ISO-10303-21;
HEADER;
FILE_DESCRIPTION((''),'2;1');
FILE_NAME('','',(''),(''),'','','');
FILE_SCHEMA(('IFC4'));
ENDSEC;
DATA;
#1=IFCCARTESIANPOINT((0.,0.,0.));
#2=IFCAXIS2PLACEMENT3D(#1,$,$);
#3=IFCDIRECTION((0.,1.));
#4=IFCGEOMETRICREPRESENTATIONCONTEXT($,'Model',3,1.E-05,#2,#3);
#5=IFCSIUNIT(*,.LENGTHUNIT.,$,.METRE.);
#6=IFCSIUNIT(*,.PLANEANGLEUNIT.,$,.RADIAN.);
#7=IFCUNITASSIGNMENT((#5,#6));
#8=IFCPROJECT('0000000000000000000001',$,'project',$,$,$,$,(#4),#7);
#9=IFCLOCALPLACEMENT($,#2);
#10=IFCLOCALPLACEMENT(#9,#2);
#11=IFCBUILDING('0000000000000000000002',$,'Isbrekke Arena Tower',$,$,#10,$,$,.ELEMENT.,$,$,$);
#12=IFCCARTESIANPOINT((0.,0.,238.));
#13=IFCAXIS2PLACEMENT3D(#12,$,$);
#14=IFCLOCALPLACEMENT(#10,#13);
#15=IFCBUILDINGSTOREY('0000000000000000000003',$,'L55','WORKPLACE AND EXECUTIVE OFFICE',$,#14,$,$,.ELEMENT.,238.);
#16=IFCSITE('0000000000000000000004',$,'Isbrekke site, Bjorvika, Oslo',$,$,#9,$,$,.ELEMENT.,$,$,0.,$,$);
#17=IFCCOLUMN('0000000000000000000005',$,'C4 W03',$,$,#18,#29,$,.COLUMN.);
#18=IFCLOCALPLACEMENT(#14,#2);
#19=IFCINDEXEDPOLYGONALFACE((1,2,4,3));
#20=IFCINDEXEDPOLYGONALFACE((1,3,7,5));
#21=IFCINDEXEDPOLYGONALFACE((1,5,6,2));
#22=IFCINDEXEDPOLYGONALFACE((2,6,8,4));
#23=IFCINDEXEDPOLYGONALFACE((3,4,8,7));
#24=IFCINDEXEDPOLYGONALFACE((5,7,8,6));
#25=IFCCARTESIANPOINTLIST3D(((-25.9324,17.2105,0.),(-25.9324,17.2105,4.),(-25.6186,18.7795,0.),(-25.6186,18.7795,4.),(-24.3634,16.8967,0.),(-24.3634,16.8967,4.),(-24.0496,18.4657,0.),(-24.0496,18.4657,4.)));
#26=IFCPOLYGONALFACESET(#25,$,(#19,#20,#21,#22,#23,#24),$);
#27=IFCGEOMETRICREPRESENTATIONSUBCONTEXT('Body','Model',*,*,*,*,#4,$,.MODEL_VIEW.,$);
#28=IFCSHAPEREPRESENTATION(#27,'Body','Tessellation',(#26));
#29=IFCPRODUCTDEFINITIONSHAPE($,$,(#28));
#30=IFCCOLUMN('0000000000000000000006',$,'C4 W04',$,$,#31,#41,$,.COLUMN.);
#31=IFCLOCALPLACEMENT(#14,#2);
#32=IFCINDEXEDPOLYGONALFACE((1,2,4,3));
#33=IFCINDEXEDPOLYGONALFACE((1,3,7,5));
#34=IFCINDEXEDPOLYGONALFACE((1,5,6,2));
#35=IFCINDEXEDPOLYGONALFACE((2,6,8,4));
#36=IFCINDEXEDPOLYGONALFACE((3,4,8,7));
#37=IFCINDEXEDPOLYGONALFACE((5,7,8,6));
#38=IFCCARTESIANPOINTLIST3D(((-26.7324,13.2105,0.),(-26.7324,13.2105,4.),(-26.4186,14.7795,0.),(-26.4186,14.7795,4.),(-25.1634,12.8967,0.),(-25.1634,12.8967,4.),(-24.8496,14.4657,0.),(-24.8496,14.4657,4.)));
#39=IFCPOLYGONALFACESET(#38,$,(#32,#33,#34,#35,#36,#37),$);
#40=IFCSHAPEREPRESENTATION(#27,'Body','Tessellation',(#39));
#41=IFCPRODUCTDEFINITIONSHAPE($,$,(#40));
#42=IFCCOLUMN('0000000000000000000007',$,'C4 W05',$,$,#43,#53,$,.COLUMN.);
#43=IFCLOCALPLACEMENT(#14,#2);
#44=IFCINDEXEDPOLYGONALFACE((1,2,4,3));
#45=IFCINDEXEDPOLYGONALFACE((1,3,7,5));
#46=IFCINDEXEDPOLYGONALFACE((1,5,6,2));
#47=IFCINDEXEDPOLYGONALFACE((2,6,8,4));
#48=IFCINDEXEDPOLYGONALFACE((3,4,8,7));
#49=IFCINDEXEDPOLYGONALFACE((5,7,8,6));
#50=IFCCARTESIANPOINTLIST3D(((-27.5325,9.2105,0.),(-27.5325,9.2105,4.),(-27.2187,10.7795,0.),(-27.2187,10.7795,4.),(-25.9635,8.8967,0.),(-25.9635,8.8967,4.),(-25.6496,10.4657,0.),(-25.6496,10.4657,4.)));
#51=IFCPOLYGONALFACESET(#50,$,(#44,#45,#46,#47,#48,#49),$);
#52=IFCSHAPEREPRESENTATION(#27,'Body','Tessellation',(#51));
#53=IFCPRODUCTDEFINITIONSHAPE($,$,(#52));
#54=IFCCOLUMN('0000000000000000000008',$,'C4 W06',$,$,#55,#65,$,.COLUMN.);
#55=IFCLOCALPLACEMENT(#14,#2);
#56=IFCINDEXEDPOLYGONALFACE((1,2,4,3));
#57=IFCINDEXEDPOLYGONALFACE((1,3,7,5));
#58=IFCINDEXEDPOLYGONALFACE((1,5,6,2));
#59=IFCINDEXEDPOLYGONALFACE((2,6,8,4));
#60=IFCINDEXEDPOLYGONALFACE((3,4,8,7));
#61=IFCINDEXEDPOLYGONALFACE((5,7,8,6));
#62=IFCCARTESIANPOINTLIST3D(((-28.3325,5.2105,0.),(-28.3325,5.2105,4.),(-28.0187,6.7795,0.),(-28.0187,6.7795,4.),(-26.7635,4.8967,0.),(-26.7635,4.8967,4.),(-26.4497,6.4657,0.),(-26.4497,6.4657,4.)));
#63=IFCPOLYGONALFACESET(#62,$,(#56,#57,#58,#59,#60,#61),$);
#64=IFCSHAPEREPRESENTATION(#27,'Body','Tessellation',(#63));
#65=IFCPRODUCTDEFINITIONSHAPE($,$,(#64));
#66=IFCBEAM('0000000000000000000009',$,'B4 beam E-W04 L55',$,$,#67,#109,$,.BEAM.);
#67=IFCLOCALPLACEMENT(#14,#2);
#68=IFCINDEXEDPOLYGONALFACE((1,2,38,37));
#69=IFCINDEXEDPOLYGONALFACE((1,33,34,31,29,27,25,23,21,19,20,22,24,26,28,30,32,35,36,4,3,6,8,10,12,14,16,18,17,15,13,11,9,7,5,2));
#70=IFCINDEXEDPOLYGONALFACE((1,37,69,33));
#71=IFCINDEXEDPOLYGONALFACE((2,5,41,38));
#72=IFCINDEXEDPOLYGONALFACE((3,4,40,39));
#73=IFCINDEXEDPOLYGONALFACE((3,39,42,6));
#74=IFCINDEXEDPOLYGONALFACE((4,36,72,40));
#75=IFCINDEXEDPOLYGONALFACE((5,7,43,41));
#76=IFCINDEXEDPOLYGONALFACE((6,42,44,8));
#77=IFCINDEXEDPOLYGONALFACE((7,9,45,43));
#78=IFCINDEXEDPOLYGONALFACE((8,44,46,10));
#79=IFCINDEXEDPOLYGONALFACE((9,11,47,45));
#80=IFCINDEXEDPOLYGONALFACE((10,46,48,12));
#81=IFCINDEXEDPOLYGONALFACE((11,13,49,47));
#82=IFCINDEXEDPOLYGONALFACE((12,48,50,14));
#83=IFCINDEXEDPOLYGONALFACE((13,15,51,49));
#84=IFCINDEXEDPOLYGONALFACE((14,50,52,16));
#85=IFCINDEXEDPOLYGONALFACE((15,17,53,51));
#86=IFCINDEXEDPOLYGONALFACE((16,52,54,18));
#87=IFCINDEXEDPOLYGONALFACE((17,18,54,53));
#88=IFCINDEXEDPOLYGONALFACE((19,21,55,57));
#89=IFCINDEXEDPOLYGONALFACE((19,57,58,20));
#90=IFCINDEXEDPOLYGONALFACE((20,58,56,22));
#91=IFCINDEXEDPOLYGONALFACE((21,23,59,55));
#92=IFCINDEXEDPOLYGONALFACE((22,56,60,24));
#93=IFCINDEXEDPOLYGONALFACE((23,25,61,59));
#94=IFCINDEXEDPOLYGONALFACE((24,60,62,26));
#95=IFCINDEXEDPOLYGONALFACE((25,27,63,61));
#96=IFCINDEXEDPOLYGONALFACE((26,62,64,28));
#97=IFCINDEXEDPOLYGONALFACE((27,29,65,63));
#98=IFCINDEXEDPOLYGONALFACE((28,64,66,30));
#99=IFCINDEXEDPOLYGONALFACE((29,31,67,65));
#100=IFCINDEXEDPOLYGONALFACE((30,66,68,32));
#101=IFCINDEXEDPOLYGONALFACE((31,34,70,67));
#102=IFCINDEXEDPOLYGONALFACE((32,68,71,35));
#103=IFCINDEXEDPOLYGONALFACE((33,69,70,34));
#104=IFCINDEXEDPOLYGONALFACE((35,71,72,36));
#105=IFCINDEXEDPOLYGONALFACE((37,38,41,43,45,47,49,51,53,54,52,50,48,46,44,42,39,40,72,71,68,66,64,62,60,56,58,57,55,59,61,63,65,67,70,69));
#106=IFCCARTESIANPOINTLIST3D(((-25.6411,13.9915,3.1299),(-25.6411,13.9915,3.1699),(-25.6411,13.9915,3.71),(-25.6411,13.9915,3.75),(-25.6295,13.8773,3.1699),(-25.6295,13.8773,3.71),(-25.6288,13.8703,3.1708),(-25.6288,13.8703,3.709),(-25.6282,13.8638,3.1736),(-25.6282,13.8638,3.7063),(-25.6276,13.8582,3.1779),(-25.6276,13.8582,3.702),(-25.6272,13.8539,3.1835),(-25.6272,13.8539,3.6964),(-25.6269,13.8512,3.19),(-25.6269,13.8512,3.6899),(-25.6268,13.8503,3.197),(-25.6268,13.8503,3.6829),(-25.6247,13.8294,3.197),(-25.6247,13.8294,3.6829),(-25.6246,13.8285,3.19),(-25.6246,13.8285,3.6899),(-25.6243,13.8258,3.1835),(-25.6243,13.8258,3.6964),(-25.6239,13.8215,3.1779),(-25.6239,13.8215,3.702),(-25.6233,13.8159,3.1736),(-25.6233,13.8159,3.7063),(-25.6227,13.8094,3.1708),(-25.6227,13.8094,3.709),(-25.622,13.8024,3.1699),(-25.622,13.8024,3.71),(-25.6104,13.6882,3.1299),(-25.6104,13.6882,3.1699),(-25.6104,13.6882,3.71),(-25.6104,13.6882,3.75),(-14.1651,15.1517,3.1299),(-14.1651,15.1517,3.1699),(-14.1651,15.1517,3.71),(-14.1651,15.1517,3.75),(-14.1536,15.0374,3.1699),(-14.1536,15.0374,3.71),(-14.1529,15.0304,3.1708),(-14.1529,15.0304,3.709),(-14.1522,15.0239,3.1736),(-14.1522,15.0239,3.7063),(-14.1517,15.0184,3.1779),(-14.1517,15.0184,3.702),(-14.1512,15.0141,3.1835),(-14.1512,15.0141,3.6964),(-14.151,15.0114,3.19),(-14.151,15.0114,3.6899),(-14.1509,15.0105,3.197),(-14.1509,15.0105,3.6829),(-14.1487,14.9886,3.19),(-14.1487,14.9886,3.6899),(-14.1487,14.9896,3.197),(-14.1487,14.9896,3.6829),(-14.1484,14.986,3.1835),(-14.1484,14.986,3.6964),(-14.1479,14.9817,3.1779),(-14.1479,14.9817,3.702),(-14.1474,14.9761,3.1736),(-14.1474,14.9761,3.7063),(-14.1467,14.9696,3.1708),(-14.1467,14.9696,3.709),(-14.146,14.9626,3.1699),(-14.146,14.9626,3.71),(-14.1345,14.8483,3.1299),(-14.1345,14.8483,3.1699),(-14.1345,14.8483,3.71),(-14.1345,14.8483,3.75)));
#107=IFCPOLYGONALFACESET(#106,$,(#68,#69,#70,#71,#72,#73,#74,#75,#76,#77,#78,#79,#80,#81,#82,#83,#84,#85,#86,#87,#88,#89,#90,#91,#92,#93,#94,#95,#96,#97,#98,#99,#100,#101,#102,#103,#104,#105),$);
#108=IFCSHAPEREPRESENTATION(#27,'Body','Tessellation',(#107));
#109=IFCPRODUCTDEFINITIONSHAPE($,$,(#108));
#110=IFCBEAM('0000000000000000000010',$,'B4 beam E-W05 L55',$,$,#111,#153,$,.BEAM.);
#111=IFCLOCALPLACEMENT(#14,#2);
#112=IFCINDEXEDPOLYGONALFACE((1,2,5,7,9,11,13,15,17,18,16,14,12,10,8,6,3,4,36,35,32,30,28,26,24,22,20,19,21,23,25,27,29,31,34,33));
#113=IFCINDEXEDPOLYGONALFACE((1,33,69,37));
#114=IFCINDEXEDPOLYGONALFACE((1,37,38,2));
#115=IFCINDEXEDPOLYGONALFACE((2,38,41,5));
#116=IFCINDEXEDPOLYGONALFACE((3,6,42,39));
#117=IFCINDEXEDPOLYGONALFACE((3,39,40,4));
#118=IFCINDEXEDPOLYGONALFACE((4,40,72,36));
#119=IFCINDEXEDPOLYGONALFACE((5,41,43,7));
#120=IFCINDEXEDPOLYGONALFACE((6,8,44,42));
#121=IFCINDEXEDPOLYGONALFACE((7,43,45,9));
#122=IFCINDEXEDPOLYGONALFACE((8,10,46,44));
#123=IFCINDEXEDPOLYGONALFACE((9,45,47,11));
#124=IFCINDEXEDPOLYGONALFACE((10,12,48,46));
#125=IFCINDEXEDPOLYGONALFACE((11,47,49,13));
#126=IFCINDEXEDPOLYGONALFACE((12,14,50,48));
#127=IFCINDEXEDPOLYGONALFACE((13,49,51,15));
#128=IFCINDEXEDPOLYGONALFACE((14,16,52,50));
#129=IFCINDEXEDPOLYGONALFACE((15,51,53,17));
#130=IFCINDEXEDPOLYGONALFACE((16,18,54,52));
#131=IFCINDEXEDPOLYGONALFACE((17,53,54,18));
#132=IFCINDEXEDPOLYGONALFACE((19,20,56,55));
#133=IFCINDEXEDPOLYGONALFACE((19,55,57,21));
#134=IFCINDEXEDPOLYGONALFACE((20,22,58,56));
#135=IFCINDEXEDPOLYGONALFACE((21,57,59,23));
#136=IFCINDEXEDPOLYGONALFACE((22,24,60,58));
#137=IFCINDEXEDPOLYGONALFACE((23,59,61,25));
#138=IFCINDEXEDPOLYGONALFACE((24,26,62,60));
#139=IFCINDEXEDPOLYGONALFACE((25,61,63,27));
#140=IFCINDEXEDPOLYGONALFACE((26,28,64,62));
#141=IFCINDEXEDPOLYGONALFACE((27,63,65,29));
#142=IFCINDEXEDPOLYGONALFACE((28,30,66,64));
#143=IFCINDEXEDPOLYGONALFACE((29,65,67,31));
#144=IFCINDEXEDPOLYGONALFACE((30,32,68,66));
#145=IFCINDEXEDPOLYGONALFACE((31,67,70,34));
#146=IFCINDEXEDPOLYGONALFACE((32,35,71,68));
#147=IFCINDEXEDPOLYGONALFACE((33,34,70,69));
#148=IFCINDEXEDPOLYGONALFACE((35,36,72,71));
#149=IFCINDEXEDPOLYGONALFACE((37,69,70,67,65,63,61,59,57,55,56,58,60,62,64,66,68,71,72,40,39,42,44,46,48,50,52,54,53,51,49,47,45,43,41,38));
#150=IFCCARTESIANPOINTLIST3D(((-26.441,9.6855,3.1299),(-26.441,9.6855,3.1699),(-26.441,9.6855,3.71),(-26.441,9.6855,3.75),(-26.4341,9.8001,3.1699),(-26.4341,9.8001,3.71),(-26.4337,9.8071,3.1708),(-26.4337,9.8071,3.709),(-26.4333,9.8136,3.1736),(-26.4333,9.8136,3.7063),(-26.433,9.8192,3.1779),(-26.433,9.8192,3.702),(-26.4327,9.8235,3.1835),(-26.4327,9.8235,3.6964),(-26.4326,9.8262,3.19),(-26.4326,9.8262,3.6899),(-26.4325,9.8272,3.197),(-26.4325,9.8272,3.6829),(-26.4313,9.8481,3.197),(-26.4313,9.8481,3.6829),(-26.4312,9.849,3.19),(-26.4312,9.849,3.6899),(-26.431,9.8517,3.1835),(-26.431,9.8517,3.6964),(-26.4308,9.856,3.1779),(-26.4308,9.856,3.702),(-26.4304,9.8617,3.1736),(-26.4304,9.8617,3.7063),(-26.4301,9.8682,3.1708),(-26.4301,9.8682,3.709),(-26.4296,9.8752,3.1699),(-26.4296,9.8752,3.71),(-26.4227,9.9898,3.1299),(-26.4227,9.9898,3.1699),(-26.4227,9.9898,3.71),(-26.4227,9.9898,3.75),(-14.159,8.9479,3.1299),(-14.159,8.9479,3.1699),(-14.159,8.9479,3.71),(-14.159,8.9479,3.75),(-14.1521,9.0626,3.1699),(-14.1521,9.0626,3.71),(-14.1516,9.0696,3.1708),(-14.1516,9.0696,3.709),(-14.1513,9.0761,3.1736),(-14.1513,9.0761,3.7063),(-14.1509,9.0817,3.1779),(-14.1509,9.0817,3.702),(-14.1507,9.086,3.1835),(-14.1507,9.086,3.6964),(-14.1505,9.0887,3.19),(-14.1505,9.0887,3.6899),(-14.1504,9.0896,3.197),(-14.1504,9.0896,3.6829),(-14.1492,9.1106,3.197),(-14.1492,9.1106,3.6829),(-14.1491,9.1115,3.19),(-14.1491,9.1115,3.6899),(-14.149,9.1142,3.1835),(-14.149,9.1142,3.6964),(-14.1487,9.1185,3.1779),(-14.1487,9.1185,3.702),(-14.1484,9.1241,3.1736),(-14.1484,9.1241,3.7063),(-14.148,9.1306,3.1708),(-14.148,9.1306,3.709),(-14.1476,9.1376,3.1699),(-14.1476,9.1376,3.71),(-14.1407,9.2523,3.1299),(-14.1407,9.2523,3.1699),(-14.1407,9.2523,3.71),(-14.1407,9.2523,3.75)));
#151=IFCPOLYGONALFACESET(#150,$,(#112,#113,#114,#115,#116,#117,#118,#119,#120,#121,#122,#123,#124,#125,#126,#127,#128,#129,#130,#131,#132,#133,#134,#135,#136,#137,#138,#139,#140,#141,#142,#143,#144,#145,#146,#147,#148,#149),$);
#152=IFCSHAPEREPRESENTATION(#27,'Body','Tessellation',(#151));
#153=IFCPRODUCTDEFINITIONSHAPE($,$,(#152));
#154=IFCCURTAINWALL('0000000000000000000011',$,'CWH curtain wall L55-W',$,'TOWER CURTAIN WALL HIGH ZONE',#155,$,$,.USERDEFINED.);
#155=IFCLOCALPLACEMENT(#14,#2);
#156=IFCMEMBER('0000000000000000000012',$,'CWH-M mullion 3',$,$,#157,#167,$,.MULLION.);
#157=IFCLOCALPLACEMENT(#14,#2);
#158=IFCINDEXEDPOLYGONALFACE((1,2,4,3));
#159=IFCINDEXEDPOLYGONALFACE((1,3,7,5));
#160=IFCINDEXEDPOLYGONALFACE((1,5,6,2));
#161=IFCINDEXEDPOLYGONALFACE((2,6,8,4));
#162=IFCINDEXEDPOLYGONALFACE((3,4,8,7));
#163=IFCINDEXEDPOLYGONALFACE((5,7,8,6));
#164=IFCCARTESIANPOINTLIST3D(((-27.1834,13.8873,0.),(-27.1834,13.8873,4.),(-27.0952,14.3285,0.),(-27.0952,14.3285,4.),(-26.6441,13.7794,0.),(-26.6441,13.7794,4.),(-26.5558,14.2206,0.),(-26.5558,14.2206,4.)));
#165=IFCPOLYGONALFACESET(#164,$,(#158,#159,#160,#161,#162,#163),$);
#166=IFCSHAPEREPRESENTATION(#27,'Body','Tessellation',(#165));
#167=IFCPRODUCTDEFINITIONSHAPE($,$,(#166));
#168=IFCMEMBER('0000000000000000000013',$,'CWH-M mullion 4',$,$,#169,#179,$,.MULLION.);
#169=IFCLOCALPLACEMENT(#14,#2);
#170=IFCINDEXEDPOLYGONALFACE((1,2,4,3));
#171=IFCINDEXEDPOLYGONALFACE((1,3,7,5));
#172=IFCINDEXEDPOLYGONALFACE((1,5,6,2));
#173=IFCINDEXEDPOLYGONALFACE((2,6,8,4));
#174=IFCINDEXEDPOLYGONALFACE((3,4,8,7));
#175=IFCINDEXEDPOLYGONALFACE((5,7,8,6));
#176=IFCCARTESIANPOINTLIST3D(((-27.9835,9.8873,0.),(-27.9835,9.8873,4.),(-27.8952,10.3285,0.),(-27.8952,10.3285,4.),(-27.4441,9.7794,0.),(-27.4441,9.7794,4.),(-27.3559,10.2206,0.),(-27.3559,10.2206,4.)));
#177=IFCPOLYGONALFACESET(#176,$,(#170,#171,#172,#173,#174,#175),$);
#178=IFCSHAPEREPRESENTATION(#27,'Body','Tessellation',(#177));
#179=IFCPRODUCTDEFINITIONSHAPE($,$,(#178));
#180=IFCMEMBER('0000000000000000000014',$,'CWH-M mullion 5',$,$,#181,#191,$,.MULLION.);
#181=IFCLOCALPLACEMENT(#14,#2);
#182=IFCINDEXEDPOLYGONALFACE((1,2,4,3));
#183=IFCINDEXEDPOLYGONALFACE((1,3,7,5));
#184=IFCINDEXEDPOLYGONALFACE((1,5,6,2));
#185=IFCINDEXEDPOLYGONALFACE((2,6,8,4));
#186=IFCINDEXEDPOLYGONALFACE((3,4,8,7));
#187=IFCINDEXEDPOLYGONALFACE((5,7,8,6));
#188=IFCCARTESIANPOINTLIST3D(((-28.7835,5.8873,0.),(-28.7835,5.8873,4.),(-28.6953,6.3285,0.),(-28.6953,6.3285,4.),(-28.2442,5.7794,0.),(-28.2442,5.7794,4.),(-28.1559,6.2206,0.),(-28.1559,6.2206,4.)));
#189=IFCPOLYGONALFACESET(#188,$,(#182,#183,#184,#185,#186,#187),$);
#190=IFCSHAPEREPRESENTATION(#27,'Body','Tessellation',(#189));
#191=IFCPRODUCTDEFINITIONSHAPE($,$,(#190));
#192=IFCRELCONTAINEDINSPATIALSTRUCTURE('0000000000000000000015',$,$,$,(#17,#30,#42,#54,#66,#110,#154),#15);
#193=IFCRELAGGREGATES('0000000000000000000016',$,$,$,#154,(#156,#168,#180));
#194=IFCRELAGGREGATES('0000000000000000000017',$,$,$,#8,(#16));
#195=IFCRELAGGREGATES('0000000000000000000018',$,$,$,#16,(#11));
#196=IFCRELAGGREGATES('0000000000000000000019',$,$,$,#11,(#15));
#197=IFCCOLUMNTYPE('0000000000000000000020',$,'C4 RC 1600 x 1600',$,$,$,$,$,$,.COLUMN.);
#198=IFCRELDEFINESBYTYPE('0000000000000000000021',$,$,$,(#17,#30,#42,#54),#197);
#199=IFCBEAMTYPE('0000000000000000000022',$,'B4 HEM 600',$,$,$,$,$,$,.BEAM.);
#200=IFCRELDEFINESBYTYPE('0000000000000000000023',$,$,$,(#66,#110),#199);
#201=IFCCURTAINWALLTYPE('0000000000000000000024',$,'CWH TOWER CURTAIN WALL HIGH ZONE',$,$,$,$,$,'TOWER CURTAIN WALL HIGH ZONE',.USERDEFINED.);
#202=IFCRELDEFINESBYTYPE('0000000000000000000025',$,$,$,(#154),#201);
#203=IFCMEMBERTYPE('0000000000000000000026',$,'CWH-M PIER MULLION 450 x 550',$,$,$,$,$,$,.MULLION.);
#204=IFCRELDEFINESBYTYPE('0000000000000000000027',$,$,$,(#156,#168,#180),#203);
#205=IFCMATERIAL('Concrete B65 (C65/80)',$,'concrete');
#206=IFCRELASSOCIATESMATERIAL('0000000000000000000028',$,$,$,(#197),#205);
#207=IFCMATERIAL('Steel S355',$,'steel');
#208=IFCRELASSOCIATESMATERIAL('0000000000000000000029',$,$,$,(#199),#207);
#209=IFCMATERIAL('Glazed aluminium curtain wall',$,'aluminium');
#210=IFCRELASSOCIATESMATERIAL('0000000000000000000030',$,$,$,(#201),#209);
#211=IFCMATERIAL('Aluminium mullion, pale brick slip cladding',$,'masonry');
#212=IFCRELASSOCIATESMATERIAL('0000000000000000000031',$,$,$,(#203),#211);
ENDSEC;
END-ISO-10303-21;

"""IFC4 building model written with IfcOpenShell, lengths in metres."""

from ifc_helpers import new_model, si_unit, direction, frame, origin, origin_2d, place, context, subcontext, project, spatial, rectangle, i_section, extrude, material, material_profile, profile_set, type_object, element, aggregate, save


model = new_model("IFC4")

# Units and contexts
model_context = context("Model", 3, precision=1e-05, world=origin(), true_north=direction((0.0, 1.0)))
body_context = subcontext(model_context, "Body", "Model", "MODEL_VIEW")
ifc_project = project(units=[si_unit("LENGTHUNIT", "METRE"), si_unit("PLANEANGLEUNIT", "RADIAN")], contexts=[model_context])

# Site, building, storey
site_placement = place(None, origin())
site = spatial("IfcSite", under=ifc_project, at=site_placement, Name="Isbrekke site, Bjorvika, Oslo", CompositionType="ELEMENT", RefElevation=0.0)
building_placement = place(site_placement, origin())
building = spatial("IfcBuilding", under=site, at=building_placement, Name="Isbrekke Arena Tower", CompositionType="ELEMENT")
storey_placement = place(building_placement, frame((0.0, 0.0, 238.0)))
storey = spatial("IfcBuildingStorey", under=building, at=storey_placement, Name="L55", Description="WORKPLACE AND EXECUTIVE OFFICE", CompositionType="ELEMENT", Elevation=238.0)

# Columns
ifc_material_1 = material(Name="Concrete B65 (C65/80)", Category="concrete")
ifc_material_profile_1 = material_profile(ifc_material_1, rectangle(XDim=1.6001, YDim=1.6001, at=origin_2d()), Name="RC 1600x1600")
ifc_profile_set_1 = profile_set([ifc_material_profile_1], Name="Concrete B65 (C65/80)")
column_type = type_object("IfcColumnType", Name="C4 RC 1600 x 1600", PredefinedType="COLUMN", material=ifc_profile_set_1)
for number, where, z_axis, x_axis, name in (
    (1, (-24.991, 17.8381, 0.0), (0.0, 0.0, 1.0), (-0.196116, -0.980581, 0.0), "C4 W03"),
    (2, (-25.791, 13.8381, 0.0), (0.0, 0.0, 1.0), (-0.196116, -0.980581, 0.0), "C4 W04"),
    (3, (-26.5911, 9.8381, 0.0), (0.0, 0.0, 1.0), (-0.196116, -0.980581, 0.0), "C4 W05"),
    (4, (-27.3911, 5.8381, 0.0), (0.0, 0.0, 1.0), (-0.196116, -0.980581, 0.0), "C4 W06"),
):
    element("IfcColumn", number, at=place(storey_placement, frame(where, z_axis=z_axis, x_axis=x_axis)), inside=storey, type_object=column_type, Name=name, PredefinedType="COLUMN", context=body_context, shape_type="SweptSolid", body=[
        extrude(rectangle(XDim=1.6001, YDim=1.6001, at=origin_2d()), origin(), (0.0, 0.0, 1.0), 4.0),
    ])

# Beams
ifc_material_2 = material(Name="Steel S355", Category="steel")
ifc_material_profile_2 = material_profile(ifc_material_2, i_section(OverallWidth=0.3049, OverallDepth=0.6201, WebThickness=0.021, FlangeThickness=0.04, FilletRadius=0.0271, at=origin_2d()), Name="HEM 600")
ifc_profile_set_2 = profile_set([ifc_material_profile_2], Name="Steel S355")
beam_type_1 = type_object("IfcBeamType", Name="B4 HEM 600", PredefinedType="BEAM", material=ifc_profile_set_2)
beam_1_placement = place(storey_placement, frame((-25.6257, 13.8398, 3.4399), z_axis=(0.994929, 0.100583, 0.0), x_axis=(-0.100583, 0.994929, 0.0)))
element("IfcBeam", 5, at=beam_1_placement, inside=storey, type_object=beam_type_1, Name="B4 beam E-W04 L55", PredefinedType="BEAM", context=body_context, shape_type="SweptSolid", body=[
    extrude(i_section(OverallWidth=0.3049, OverallDepth=0.6201, WebThickness=0.021, FlangeThickness=0.04, FilletRadius=0.0271, at=origin_2d()), origin(), (0.0, 0.0, 1.0), 11.5344),
])
beam_2_placement = place(storey_placement, frame((-26.4319, 9.8376, 3.4399), z_axis=(0.998202, -0.059943, 0.0), x_axis=(0.059943, 0.998202, 0.0)))
element("IfcBeam", 6, at=beam_2_placement, inside=storey, type_object=beam_type_1, Name="B4 beam E-W05 L55", PredefinedType="BEAM", context=body_context, shape_type="SweptSolid", body=[
    extrude(i_section(OverallWidth=0.3049, OverallDepth=0.6201, WebThickness=0.021, FlangeThickness=0.04, FilletRadius=0.0271, at=origin_2d()), origin(), (0.0, 0.0, 1.0), 12.3042),
])

# Curtain wall, members
ifc_material_3 = material(Name="Glazed aluminium curtain wall", Category="aluminium")
curtain_wall_type = type_object("IfcCurtainWallType", Name="CWH TOWER CURTAIN WALL HIGH ZONE", ElementType="TOWER CURTAIN WALL HIGH ZONE", PredefinedType="USERDEFINED", material=ifc_material_3)
curtain_wall_placement = place(storey_placement, origin())
curtain_wall = element("IfcCurtainWall", 7, at=curtain_wall_placement, inside=storey, type_object=curtain_wall_type, Name="CWH curtain wall L55-W", ObjectType="TOWER CURTAIN WALL HIGH ZONE", PredefinedType="USERDEFINED")
ifc_material_4 = material(Name="Aluminium mullion, pale brick slip cladding", Category="masonry")
ifc_material_profile_3 = material_profile(ifc_material_4, rectangle(XDim=0.45, YDim=0.55, at=origin_2d()), Name="PIER 450X550")
ifc_profile_set_3 = profile_set([ifc_material_profile_3], Name="Aluminium mullion, pale brick slip cladding")
member_type_1 = type_object("IfcMemberType", Name="CWH-M PIER MULLION 450 x 550", PredefinedType="MULLION", material=ifc_profile_set_3)
member_1_placement = place(storey_placement, frame((-26.8696, 14.054, 0.0), z_axis=(0.0, 0.0, 1.0), x_axis=(-0.196116, -0.980581, 0.0)))
member_1 = element("IfcMember", 8, at=member_1_placement, type_object=member_type_1, Name="CWH-M mullion 3", PredefinedType="MULLION", context=body_context, shape_type="SweptSolid", body=[
    extrude(rectangle(XDim=0.45, YDim=0.55, at=origin_2d()), origin(), (0.0, 0.0, 1.0), 4.0),
])
member_2_placement = place(storey_placement, frame((-27.6697, 10.054, 0.0), z_axis=(0.0, 0.0, 1.0), x_axis=(-0.196116, -0.980581, 0.0)))
member_2 = element("IfcMember", 9, at=member_2_placement, type_object=member_type_1, Name="CWH-M mullion 4", PredefinedType="MULLION", context=body_context, shape_type="SweptSolid", body=[
    extrude(rectangle(XDim=0.45, YDim=0.55, at=origin_2d()), origin(), (0.0, 0.0, 1.0), 4.0),
])
member_3_placement = place(storey_placement, frame((-28.4697, 6.054, 0.0), z_axis=(0.0, 0.0, 1.0), x_axis=(-0.196116, -0.980581, 0.0)))
member_3 = element("IfcMember", 10, at=member_3_placement, type_object=member_type_1, Name="CWH-M mullion 5", PredefinedType="MULLION", context=body_context, shape_type="SweptSolid", body=[
    extrude(rectangle(XDim=0.45, YDim=0.55, at=origin_2d()), origin(), (0.0, 0.0, 1.0), 4.0),
])

aggregate(curtain_wall, [member_1, member_2, member_3])

save(model, "model.ifc")
